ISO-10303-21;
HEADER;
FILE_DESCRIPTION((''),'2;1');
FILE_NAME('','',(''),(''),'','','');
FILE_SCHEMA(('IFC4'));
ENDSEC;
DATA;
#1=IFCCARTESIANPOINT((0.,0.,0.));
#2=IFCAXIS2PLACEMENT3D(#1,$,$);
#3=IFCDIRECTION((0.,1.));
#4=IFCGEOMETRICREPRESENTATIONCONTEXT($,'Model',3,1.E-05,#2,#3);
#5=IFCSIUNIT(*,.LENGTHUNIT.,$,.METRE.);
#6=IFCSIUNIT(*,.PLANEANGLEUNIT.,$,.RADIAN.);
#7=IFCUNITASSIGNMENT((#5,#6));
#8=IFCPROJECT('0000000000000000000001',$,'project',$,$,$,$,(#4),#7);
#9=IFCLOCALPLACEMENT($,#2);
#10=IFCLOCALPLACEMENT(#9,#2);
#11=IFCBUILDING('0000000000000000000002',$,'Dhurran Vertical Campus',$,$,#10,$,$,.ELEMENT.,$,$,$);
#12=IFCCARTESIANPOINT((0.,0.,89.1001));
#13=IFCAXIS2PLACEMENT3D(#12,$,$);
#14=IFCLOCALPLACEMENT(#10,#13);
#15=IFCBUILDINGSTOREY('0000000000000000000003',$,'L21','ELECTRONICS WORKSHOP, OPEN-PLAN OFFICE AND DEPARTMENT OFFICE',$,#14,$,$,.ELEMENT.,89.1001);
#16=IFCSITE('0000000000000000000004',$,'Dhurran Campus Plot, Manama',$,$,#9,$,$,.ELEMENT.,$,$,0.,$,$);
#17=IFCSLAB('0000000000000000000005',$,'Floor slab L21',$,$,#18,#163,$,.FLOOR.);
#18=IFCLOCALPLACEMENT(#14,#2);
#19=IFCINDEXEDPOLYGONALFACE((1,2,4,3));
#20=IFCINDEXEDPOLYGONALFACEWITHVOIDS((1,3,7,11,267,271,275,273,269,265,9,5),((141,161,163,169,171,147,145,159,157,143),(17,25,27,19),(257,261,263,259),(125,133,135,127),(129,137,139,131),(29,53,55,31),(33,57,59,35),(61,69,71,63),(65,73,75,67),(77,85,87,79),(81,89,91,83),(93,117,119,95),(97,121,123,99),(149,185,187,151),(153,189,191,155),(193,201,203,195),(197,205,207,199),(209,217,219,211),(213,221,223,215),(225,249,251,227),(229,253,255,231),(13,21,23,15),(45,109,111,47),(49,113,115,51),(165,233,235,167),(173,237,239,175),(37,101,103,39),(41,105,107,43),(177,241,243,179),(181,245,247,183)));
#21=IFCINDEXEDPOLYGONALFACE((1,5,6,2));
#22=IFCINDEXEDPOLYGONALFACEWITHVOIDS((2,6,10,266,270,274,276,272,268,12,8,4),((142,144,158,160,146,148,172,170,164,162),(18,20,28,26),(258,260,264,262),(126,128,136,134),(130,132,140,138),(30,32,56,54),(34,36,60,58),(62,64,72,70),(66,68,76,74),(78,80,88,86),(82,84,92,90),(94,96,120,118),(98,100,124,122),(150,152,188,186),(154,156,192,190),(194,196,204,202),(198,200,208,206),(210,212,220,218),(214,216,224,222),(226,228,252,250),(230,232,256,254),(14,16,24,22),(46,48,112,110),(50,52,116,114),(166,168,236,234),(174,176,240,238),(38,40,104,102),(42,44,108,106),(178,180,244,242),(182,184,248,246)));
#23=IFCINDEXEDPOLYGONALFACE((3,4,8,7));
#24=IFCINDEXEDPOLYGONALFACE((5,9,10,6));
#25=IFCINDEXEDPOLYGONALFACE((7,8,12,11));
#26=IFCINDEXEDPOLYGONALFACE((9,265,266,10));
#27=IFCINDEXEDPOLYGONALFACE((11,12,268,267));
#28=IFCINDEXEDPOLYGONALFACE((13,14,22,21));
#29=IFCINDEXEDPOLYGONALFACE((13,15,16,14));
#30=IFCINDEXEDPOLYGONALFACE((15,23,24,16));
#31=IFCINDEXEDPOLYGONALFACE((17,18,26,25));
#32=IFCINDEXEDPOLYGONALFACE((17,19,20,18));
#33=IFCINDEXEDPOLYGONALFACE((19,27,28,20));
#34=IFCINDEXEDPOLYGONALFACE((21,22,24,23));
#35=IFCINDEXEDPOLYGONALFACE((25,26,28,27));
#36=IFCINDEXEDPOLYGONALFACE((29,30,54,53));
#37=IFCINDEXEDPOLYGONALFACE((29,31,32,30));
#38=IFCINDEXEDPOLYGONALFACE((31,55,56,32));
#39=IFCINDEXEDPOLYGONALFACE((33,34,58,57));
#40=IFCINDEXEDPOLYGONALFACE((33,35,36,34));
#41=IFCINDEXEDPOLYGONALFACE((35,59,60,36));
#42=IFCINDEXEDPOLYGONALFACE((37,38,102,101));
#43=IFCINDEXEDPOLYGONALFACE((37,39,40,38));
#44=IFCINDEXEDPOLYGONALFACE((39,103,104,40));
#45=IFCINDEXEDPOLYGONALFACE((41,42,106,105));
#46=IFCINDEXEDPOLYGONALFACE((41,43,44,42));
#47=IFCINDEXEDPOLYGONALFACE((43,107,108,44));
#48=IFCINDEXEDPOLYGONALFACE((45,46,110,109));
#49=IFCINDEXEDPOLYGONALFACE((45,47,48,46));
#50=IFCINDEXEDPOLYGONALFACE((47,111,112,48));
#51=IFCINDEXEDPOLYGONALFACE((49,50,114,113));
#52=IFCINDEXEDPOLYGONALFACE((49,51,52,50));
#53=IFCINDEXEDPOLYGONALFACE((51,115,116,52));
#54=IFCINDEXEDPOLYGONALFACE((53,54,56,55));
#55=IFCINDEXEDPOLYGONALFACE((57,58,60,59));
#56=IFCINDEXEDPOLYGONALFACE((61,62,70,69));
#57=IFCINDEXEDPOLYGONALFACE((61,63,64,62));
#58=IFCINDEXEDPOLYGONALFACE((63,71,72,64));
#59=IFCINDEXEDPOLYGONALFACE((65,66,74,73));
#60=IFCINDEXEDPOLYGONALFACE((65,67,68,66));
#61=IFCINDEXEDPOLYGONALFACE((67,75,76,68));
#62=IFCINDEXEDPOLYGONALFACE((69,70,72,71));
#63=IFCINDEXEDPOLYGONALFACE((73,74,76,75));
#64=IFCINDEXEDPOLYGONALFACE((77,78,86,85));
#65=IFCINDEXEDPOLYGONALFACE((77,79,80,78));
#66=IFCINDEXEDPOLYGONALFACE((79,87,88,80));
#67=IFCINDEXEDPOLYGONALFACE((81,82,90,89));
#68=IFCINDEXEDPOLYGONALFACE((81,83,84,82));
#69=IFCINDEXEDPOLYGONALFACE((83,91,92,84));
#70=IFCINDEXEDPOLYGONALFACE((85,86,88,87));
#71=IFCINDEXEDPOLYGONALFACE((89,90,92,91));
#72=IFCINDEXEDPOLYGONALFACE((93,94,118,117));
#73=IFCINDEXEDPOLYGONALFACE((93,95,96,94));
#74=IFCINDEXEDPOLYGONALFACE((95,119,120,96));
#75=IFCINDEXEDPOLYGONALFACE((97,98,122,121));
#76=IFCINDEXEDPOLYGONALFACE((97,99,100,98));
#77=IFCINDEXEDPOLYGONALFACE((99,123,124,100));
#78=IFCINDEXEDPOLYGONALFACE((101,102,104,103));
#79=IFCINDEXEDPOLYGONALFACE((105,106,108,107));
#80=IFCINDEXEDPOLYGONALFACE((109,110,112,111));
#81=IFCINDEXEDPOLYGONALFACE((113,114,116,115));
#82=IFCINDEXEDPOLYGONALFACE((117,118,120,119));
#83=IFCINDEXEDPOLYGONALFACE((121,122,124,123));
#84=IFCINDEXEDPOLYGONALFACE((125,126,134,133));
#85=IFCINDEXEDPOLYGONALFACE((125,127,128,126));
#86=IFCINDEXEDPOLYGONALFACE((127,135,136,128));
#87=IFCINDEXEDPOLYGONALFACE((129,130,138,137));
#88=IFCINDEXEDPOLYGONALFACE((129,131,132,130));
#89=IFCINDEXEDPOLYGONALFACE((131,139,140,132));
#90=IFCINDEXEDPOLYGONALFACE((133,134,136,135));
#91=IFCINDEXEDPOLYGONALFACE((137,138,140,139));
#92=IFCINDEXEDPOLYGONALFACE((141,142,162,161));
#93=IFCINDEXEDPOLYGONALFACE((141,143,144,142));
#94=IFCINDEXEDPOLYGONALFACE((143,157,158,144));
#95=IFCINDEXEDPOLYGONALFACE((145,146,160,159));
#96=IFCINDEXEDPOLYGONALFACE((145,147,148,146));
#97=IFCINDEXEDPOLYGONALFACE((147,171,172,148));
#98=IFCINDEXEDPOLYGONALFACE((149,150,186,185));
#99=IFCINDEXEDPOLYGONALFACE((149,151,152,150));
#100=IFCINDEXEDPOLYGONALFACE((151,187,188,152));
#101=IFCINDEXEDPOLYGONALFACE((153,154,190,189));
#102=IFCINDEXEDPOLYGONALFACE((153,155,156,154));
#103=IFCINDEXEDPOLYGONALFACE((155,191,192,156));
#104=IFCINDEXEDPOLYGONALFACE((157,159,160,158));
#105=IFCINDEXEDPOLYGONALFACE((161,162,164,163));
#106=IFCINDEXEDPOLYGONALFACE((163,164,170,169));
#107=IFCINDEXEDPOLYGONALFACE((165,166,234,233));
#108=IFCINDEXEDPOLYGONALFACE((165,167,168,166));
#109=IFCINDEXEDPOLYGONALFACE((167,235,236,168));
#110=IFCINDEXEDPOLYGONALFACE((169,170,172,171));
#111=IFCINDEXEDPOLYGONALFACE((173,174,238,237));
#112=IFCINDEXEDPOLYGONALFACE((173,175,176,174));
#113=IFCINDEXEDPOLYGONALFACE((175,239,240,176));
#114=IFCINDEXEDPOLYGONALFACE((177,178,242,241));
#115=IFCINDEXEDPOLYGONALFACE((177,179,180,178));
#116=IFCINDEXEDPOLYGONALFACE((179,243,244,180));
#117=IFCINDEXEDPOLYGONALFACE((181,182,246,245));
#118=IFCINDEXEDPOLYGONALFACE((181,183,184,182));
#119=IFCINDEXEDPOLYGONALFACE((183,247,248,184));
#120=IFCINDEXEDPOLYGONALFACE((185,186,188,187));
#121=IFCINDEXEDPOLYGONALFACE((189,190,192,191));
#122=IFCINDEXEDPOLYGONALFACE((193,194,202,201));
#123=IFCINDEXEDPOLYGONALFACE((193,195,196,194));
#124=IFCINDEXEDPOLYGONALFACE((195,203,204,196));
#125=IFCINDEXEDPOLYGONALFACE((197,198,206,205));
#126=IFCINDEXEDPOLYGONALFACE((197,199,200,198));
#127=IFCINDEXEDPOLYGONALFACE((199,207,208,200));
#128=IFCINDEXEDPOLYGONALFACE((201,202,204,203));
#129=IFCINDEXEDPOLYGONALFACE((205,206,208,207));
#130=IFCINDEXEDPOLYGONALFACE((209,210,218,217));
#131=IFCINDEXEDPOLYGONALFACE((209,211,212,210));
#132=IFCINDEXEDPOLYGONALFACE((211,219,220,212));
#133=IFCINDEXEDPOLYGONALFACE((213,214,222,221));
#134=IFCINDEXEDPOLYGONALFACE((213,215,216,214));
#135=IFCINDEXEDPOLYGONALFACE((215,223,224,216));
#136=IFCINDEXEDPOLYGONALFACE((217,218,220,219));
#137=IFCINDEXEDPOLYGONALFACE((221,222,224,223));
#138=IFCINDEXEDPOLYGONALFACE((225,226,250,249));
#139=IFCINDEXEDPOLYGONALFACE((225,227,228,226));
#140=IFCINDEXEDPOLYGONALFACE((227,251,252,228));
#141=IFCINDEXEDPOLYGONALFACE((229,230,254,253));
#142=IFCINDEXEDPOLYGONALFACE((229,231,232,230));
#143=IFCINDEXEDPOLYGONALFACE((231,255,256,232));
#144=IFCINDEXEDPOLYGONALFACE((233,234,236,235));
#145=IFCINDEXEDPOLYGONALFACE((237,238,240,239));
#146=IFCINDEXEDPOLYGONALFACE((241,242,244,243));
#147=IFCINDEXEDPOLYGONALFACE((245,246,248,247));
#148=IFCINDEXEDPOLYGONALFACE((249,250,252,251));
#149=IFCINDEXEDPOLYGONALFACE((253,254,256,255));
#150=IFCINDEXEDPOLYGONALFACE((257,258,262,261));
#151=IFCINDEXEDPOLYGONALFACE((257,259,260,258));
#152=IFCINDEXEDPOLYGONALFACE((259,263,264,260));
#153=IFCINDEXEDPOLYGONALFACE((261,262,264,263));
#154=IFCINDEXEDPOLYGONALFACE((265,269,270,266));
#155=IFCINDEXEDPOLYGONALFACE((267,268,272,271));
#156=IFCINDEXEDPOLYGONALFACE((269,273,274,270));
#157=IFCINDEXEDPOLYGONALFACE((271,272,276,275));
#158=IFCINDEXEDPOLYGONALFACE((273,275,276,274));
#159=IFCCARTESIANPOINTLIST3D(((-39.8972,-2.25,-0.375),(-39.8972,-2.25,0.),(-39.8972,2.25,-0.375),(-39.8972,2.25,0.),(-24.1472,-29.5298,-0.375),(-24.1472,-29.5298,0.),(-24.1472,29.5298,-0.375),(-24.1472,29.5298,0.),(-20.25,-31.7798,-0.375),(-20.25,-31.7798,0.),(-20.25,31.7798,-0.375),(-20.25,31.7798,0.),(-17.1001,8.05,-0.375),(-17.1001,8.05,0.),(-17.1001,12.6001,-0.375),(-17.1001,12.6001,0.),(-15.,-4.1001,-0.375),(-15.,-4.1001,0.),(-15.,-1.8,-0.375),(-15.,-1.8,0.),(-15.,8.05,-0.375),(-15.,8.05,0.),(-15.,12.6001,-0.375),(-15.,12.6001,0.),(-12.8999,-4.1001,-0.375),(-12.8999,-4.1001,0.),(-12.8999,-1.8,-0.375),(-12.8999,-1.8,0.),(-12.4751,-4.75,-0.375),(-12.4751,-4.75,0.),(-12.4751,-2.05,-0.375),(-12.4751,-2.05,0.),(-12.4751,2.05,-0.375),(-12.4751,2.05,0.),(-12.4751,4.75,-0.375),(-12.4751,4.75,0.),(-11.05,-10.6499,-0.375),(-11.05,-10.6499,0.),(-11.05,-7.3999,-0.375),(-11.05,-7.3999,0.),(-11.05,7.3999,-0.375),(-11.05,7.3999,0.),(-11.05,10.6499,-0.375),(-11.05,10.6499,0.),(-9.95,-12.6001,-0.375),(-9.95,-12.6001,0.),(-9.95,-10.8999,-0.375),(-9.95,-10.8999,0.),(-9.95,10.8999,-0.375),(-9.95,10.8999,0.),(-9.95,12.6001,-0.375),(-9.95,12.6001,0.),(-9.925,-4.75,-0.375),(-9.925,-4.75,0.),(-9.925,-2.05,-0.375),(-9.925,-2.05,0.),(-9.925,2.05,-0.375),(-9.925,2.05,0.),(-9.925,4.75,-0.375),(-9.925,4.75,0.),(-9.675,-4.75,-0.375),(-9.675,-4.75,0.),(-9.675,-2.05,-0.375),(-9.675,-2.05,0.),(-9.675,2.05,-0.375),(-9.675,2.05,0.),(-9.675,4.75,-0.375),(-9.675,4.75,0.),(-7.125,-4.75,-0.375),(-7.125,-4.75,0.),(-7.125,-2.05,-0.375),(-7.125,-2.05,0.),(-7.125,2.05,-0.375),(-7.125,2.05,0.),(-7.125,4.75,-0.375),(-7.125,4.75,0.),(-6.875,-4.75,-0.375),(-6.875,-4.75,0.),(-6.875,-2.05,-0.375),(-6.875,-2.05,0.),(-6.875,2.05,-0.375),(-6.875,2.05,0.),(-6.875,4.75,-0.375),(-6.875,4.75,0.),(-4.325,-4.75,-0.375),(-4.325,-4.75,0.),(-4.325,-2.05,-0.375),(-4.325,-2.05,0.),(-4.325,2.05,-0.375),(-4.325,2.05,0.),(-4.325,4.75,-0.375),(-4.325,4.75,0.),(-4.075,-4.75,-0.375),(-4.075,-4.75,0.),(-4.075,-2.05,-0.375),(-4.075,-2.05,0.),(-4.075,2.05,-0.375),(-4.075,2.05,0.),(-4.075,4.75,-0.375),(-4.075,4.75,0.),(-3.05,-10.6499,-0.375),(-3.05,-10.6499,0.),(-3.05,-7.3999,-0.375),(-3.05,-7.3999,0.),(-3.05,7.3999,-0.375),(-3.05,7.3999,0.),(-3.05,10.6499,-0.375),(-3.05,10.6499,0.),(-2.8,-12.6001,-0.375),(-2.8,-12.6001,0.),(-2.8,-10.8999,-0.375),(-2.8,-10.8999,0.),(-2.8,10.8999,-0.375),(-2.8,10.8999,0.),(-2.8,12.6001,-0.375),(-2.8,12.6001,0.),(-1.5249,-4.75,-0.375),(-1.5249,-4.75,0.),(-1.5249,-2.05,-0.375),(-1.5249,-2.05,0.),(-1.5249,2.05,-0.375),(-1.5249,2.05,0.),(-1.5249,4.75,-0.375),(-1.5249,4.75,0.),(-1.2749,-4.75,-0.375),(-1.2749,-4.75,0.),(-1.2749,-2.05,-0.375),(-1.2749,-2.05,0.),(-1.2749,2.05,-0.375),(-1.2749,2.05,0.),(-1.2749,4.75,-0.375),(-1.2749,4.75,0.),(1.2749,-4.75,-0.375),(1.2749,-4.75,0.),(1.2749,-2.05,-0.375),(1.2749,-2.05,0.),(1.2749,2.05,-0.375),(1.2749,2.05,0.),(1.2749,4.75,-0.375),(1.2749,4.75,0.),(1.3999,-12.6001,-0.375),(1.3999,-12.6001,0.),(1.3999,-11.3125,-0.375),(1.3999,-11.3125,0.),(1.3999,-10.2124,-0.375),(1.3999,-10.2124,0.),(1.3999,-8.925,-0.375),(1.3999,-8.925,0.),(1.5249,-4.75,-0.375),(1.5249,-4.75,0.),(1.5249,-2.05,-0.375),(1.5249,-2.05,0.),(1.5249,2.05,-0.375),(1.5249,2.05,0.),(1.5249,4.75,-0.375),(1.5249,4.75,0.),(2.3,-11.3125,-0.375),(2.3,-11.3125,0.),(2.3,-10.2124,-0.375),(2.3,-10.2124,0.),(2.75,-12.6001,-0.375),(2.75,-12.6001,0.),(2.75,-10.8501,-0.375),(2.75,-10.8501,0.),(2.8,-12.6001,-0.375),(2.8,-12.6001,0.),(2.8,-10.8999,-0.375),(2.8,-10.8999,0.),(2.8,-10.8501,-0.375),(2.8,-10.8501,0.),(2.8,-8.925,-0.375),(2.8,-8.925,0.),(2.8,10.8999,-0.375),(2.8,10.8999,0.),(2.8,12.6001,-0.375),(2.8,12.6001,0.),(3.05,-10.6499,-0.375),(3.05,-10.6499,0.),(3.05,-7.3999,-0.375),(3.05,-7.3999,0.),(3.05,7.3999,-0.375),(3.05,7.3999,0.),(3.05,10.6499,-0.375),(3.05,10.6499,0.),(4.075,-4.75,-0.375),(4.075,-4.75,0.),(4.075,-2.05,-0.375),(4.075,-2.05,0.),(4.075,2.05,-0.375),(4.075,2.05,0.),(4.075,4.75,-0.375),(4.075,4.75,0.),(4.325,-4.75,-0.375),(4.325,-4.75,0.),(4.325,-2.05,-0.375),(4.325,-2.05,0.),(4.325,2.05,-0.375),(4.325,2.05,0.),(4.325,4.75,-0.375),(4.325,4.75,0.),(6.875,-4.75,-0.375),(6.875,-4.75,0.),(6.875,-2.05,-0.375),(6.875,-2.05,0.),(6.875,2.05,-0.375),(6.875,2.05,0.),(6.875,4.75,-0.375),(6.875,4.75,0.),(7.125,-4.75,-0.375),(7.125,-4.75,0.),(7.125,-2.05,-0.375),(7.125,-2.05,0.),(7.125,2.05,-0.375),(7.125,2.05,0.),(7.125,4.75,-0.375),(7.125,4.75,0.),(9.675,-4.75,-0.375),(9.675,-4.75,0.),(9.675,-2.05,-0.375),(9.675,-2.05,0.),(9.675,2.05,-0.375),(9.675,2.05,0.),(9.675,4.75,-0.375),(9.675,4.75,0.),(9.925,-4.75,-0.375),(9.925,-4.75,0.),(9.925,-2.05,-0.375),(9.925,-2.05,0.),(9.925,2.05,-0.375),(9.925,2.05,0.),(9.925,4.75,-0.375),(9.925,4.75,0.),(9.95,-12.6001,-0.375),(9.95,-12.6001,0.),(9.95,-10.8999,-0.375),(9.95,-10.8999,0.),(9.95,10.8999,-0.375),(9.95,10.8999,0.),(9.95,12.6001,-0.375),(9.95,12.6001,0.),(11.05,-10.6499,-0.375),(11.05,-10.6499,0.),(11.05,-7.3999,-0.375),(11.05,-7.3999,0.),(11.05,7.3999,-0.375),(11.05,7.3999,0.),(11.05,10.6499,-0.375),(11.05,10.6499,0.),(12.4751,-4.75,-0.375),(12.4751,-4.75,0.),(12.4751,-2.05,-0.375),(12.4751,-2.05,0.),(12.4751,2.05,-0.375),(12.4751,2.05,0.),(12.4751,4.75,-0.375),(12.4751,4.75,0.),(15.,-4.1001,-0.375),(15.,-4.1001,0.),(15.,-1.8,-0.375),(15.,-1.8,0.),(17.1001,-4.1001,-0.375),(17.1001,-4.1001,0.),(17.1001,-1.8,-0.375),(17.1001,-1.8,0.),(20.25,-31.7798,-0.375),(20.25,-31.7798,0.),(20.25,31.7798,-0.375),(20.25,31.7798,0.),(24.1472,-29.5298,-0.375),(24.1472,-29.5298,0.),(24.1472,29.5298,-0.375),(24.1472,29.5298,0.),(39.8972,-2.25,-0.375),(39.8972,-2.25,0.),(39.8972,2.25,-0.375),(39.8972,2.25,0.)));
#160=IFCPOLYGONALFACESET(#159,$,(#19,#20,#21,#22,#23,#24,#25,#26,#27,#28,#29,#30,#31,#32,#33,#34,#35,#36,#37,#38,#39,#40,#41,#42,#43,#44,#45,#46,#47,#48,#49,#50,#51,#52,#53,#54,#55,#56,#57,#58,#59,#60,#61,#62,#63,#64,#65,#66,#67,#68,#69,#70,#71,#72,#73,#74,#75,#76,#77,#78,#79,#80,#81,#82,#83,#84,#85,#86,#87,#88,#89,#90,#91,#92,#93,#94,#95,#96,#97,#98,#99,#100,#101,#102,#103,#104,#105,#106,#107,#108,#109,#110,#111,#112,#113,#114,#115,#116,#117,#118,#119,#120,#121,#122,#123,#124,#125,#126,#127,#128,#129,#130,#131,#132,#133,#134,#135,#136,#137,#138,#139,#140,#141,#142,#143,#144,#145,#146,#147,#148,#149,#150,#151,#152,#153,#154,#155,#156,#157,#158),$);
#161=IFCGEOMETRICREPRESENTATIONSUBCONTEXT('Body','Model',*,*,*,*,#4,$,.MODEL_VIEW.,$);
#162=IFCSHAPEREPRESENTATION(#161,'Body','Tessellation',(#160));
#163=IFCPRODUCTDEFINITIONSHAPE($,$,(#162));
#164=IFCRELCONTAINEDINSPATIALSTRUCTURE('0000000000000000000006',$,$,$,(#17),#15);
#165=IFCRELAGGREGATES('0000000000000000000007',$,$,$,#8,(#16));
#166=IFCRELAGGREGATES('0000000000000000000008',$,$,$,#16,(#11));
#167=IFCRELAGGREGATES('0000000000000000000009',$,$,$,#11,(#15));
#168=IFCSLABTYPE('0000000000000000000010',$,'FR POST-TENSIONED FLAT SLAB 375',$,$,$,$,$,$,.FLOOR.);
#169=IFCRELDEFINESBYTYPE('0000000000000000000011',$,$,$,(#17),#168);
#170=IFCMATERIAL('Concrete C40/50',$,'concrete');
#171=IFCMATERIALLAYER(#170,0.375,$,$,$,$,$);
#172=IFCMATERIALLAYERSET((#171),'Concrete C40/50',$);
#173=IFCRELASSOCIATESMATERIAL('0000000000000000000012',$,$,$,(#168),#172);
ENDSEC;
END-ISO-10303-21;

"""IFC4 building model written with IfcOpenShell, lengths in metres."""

from ifc_helpers import new_model, si_unit, direction, frame, origin, place, context, subcontext, project, spatial, polyline, outline, extrude, material, layer, layer_set, type_object, element, save


model = new_model("IFC4")

# Units and contexts
model_context = context("Model", 3, precision=1e-05, world=origin(), true_north=direction((0.0, 1.0)))
body_context = subcontext(model_context, "Body", "Model", "MODEL_VIEW")
ifc_project = project(units=[si_unit("LENGTHUNIT", "METRE"), si_unit("PLANEANGLEUNIT", "RADIAN")], contexts=[model_context])

# Site, building, storey
site_placement = place(None, origin())
site = spatial("IfcSite", under=ifc_project, at=site_placement, Name="Dhurran Campus Plot, Manama", CompositionType="ELEMENT", RefElevation=0.0)
building_placement = place(site_placement, origin())
building = spatial("IfcBuilding", under=site, at=building_placement, Name="Dhurran Vertical Campus", CompositionType="ELEMENT")
storey_placement = place(building_placement, frame((0.0, 0.0, 89.1001)))
storey = spatial("IfcBuildingStorey", under=building, at=storey_placement, Name="L21", Description="ELECTRONICS WORKSHOP, OPEN-PLAN OFFICE AND DEPARTMENT OFFICE", CompositionType="ELEMENT", Elevation=89.1001)

# Slab
ifc_material_1 = material(Name="Concrete C40/50", Category="concrete")
ifc_layer_1 = layer(ifc_material_1, 0.375)
ifc_layer_set_1 = layer_set([ifc_layer_1], Name="Concrete C40/50")
slab_type = type_object("IfcSlabType", Name="FR POST-TENSIONED FLAT SLAB 375", PredefinedType="FLOOR", material=ifc_layer_set_1)
slab_placement = place(storey_placement, frame((0.0, 0.0, -0.375)))
element("IfcSlab", 1, at=slab_placement, inside=storey, type_object=slab_type, Name="Floor slab L21", PredefinedType="FLOOR", context=body_context, shape_type="SweptSolid", body=[
    extrude(outline(polyline([(-20.25, -31.7798), (20.25, -31.7798), (24.1472, -29.5298), (39.8972, -2.25), (39.8972, 2.25), (24.1472, 29.5298), (20.25, 31.7798), (-20.25, 31.7798), (-24.1472, 29.5298), (-39.8972, 2.25), (-39.8972, -2.25), (-24.1472, -29.5298), (-20.25, -31.7798)]), holes=[polyline([(-12.4751, 2.05), (-9.925, 2.05), (-9.925, 4.75), (-12.4751, 4.75), (-12.4751, 2.05)]), polyline([(-9.675, 2.05), (-7.125, 2.05), (-7.125, 4.75), (-9.675, 4.75), (-9.675, 2.05)]), polyline([(-6.875, 2.05), (-4.325, 2.05), (-4.325, 4.75), (-6.875, 4.75), (-6.875, 2.05)]), polyline([(-1.2749, 2.05), (1.2749, 2.05), (1.2749, 4.75), (-1.2749, 4.75), (-1.2749, 2.05)]), polyline([(9.925, 2.05), (12.4751, 2.05), (12.4751, 4.75), (9.925, 4.75), (9.925, 2.05)]), polyline([(-1.2749, -4.75), (1.2749, -4.75), (1.2749, -2.05), (-1.2749, -2.05), (-1.2749, -4.75)]), polyline([(1.5249, -4.75), (4.075, -4.75), (4.075, -2.05), (1.5249, -2.05), (1.5249, -4.75)]), polyline([(4.325, -4.75), (6.875, -4.75), (6.875, -2.05), (4.325, -2.05), (4.325, -4.75)]), polyline([(7.125, -4.75), (9.675, -4.75), (9.675, -2.05), (7.125, -2.05), (7.125, -4.75)]), polyline([(9.925, -4.75), (12.4751, -4.75), (12.4751, -2.05), (9.925, -2.05), (9.925, -4.75)]), polyline([(-4.075, 2.05), (-1.5249, 2.05), (-1.5249, 4.75), (-4.075, 4.75), (-4.075, 2.05)]), polyline([(1.5249, 2.05), (4.075, 2.05), (4.075, 4.75), (1.5249, 4.75), (1.5249, 2.05)]), polyline([(4.325, 2.05), (6.875, 2.05), (6.875, 4.75), (4.325, 4.75), (4.325, 2.05)]), polyline([(7.125, 2.05), (9.675, 2.05), (9.675, 4.75), (7.125, 4.75), (7.125, 2.05)]), polyline([(-12.4751, -4.75), (-9.925, -4.75), (-9.925, -2.05), (-12.4751, -2.05), (-12.4751, -4.75)]), polyline([(-9.675, -4.75), (-7.125, -4.75), (-7.125, -2.05), (-9.675, -2.05), (-9.675, -4.75)]), polyline([(-6.875, -4.75), (-4.325, -4.75), (-4.325, -2.05), (-6.875, -2.05), (-6.875, -4.75)]), polyline([(-4.075, -4.75), (-1.5249, -4.75), (-1.5249, -2.05), (-4.075, -2.05), (-4.075, -4.75)]), polyline([(-11.05, 7.3999), (-3.05, 7.3999), (-3.05, 10.6499), (-11.05, 10.6499), (-11.05, 7.3999)]), polyline([(3.05, 7.3999), (11.05, 7.3999), (11.05, 10.6499), (3.05, 10.6499), (3.05, 7.3999)]), polyline([(-11.05, -10.6499), (-3.05, -10.6499), (-3.05, -7.3999), (-11.05, -7.3999), (-11.05, -10.6499)]), polyline([(3.05, -10.6499), (11.05, -10.6499), (11.05, -7.3999), (3.05, -7.3999), (3.05, -10.6499)]), polyline([(-9.95, 10.8999), (-9.95, 12.6001), (-2.8, 12.6001), (-2.8, 10.8999), (-9.95, 10.8999)]), polyline([(9.95, 12.6001), (9.95, 10.8999), (2.8, 10.8999), (2.8, 12.6001), (9.95, 12.6001)]), polyline([(-9.95, -12.6001), (-9.95, -10.8999), (-2.8, -10.8999), (-2.8, -12.6001), (-9.95, -12.6001)]), polyline([(9.95, -10.8999), (9.95, -12.6001), (2.8, -12.6001), (2.8, -10.8999), (9.95, -10.8999)]), polyline([(-12.8999, -4.1001), (-15.0, -4.1001), (-15.0, -1.8), (-12.8999, -1.8), (-12.8999, -4.1001)]), polyline([(-15.0, 8.05), (-17.1001, 8.05), (-17.1001, 12.6001), (-15.0, 12.6001), (-15.0, 8.05)]), polyline([(17.1001, -4.1001), (15.0, -4.1001), (15.0, -1.8), (17.1001, -1.8), (17.1001, -4.1001)]), polyline([(2.8, -10.8501), (2.75, -10.8501), (2.75, -12.6001), (1.3999, -12.6001), (1.3999, -11.3125), (2.3, -11.3125), (2.3, -10.2124), (1.3999, -10.2124), (1.3999, -8.925), (2.8, -8.925), (2.8, -10.8501)])]), origin(), (0.0, 0.0, 1.0), 0.375),
])

save(model, "model.ifc")
